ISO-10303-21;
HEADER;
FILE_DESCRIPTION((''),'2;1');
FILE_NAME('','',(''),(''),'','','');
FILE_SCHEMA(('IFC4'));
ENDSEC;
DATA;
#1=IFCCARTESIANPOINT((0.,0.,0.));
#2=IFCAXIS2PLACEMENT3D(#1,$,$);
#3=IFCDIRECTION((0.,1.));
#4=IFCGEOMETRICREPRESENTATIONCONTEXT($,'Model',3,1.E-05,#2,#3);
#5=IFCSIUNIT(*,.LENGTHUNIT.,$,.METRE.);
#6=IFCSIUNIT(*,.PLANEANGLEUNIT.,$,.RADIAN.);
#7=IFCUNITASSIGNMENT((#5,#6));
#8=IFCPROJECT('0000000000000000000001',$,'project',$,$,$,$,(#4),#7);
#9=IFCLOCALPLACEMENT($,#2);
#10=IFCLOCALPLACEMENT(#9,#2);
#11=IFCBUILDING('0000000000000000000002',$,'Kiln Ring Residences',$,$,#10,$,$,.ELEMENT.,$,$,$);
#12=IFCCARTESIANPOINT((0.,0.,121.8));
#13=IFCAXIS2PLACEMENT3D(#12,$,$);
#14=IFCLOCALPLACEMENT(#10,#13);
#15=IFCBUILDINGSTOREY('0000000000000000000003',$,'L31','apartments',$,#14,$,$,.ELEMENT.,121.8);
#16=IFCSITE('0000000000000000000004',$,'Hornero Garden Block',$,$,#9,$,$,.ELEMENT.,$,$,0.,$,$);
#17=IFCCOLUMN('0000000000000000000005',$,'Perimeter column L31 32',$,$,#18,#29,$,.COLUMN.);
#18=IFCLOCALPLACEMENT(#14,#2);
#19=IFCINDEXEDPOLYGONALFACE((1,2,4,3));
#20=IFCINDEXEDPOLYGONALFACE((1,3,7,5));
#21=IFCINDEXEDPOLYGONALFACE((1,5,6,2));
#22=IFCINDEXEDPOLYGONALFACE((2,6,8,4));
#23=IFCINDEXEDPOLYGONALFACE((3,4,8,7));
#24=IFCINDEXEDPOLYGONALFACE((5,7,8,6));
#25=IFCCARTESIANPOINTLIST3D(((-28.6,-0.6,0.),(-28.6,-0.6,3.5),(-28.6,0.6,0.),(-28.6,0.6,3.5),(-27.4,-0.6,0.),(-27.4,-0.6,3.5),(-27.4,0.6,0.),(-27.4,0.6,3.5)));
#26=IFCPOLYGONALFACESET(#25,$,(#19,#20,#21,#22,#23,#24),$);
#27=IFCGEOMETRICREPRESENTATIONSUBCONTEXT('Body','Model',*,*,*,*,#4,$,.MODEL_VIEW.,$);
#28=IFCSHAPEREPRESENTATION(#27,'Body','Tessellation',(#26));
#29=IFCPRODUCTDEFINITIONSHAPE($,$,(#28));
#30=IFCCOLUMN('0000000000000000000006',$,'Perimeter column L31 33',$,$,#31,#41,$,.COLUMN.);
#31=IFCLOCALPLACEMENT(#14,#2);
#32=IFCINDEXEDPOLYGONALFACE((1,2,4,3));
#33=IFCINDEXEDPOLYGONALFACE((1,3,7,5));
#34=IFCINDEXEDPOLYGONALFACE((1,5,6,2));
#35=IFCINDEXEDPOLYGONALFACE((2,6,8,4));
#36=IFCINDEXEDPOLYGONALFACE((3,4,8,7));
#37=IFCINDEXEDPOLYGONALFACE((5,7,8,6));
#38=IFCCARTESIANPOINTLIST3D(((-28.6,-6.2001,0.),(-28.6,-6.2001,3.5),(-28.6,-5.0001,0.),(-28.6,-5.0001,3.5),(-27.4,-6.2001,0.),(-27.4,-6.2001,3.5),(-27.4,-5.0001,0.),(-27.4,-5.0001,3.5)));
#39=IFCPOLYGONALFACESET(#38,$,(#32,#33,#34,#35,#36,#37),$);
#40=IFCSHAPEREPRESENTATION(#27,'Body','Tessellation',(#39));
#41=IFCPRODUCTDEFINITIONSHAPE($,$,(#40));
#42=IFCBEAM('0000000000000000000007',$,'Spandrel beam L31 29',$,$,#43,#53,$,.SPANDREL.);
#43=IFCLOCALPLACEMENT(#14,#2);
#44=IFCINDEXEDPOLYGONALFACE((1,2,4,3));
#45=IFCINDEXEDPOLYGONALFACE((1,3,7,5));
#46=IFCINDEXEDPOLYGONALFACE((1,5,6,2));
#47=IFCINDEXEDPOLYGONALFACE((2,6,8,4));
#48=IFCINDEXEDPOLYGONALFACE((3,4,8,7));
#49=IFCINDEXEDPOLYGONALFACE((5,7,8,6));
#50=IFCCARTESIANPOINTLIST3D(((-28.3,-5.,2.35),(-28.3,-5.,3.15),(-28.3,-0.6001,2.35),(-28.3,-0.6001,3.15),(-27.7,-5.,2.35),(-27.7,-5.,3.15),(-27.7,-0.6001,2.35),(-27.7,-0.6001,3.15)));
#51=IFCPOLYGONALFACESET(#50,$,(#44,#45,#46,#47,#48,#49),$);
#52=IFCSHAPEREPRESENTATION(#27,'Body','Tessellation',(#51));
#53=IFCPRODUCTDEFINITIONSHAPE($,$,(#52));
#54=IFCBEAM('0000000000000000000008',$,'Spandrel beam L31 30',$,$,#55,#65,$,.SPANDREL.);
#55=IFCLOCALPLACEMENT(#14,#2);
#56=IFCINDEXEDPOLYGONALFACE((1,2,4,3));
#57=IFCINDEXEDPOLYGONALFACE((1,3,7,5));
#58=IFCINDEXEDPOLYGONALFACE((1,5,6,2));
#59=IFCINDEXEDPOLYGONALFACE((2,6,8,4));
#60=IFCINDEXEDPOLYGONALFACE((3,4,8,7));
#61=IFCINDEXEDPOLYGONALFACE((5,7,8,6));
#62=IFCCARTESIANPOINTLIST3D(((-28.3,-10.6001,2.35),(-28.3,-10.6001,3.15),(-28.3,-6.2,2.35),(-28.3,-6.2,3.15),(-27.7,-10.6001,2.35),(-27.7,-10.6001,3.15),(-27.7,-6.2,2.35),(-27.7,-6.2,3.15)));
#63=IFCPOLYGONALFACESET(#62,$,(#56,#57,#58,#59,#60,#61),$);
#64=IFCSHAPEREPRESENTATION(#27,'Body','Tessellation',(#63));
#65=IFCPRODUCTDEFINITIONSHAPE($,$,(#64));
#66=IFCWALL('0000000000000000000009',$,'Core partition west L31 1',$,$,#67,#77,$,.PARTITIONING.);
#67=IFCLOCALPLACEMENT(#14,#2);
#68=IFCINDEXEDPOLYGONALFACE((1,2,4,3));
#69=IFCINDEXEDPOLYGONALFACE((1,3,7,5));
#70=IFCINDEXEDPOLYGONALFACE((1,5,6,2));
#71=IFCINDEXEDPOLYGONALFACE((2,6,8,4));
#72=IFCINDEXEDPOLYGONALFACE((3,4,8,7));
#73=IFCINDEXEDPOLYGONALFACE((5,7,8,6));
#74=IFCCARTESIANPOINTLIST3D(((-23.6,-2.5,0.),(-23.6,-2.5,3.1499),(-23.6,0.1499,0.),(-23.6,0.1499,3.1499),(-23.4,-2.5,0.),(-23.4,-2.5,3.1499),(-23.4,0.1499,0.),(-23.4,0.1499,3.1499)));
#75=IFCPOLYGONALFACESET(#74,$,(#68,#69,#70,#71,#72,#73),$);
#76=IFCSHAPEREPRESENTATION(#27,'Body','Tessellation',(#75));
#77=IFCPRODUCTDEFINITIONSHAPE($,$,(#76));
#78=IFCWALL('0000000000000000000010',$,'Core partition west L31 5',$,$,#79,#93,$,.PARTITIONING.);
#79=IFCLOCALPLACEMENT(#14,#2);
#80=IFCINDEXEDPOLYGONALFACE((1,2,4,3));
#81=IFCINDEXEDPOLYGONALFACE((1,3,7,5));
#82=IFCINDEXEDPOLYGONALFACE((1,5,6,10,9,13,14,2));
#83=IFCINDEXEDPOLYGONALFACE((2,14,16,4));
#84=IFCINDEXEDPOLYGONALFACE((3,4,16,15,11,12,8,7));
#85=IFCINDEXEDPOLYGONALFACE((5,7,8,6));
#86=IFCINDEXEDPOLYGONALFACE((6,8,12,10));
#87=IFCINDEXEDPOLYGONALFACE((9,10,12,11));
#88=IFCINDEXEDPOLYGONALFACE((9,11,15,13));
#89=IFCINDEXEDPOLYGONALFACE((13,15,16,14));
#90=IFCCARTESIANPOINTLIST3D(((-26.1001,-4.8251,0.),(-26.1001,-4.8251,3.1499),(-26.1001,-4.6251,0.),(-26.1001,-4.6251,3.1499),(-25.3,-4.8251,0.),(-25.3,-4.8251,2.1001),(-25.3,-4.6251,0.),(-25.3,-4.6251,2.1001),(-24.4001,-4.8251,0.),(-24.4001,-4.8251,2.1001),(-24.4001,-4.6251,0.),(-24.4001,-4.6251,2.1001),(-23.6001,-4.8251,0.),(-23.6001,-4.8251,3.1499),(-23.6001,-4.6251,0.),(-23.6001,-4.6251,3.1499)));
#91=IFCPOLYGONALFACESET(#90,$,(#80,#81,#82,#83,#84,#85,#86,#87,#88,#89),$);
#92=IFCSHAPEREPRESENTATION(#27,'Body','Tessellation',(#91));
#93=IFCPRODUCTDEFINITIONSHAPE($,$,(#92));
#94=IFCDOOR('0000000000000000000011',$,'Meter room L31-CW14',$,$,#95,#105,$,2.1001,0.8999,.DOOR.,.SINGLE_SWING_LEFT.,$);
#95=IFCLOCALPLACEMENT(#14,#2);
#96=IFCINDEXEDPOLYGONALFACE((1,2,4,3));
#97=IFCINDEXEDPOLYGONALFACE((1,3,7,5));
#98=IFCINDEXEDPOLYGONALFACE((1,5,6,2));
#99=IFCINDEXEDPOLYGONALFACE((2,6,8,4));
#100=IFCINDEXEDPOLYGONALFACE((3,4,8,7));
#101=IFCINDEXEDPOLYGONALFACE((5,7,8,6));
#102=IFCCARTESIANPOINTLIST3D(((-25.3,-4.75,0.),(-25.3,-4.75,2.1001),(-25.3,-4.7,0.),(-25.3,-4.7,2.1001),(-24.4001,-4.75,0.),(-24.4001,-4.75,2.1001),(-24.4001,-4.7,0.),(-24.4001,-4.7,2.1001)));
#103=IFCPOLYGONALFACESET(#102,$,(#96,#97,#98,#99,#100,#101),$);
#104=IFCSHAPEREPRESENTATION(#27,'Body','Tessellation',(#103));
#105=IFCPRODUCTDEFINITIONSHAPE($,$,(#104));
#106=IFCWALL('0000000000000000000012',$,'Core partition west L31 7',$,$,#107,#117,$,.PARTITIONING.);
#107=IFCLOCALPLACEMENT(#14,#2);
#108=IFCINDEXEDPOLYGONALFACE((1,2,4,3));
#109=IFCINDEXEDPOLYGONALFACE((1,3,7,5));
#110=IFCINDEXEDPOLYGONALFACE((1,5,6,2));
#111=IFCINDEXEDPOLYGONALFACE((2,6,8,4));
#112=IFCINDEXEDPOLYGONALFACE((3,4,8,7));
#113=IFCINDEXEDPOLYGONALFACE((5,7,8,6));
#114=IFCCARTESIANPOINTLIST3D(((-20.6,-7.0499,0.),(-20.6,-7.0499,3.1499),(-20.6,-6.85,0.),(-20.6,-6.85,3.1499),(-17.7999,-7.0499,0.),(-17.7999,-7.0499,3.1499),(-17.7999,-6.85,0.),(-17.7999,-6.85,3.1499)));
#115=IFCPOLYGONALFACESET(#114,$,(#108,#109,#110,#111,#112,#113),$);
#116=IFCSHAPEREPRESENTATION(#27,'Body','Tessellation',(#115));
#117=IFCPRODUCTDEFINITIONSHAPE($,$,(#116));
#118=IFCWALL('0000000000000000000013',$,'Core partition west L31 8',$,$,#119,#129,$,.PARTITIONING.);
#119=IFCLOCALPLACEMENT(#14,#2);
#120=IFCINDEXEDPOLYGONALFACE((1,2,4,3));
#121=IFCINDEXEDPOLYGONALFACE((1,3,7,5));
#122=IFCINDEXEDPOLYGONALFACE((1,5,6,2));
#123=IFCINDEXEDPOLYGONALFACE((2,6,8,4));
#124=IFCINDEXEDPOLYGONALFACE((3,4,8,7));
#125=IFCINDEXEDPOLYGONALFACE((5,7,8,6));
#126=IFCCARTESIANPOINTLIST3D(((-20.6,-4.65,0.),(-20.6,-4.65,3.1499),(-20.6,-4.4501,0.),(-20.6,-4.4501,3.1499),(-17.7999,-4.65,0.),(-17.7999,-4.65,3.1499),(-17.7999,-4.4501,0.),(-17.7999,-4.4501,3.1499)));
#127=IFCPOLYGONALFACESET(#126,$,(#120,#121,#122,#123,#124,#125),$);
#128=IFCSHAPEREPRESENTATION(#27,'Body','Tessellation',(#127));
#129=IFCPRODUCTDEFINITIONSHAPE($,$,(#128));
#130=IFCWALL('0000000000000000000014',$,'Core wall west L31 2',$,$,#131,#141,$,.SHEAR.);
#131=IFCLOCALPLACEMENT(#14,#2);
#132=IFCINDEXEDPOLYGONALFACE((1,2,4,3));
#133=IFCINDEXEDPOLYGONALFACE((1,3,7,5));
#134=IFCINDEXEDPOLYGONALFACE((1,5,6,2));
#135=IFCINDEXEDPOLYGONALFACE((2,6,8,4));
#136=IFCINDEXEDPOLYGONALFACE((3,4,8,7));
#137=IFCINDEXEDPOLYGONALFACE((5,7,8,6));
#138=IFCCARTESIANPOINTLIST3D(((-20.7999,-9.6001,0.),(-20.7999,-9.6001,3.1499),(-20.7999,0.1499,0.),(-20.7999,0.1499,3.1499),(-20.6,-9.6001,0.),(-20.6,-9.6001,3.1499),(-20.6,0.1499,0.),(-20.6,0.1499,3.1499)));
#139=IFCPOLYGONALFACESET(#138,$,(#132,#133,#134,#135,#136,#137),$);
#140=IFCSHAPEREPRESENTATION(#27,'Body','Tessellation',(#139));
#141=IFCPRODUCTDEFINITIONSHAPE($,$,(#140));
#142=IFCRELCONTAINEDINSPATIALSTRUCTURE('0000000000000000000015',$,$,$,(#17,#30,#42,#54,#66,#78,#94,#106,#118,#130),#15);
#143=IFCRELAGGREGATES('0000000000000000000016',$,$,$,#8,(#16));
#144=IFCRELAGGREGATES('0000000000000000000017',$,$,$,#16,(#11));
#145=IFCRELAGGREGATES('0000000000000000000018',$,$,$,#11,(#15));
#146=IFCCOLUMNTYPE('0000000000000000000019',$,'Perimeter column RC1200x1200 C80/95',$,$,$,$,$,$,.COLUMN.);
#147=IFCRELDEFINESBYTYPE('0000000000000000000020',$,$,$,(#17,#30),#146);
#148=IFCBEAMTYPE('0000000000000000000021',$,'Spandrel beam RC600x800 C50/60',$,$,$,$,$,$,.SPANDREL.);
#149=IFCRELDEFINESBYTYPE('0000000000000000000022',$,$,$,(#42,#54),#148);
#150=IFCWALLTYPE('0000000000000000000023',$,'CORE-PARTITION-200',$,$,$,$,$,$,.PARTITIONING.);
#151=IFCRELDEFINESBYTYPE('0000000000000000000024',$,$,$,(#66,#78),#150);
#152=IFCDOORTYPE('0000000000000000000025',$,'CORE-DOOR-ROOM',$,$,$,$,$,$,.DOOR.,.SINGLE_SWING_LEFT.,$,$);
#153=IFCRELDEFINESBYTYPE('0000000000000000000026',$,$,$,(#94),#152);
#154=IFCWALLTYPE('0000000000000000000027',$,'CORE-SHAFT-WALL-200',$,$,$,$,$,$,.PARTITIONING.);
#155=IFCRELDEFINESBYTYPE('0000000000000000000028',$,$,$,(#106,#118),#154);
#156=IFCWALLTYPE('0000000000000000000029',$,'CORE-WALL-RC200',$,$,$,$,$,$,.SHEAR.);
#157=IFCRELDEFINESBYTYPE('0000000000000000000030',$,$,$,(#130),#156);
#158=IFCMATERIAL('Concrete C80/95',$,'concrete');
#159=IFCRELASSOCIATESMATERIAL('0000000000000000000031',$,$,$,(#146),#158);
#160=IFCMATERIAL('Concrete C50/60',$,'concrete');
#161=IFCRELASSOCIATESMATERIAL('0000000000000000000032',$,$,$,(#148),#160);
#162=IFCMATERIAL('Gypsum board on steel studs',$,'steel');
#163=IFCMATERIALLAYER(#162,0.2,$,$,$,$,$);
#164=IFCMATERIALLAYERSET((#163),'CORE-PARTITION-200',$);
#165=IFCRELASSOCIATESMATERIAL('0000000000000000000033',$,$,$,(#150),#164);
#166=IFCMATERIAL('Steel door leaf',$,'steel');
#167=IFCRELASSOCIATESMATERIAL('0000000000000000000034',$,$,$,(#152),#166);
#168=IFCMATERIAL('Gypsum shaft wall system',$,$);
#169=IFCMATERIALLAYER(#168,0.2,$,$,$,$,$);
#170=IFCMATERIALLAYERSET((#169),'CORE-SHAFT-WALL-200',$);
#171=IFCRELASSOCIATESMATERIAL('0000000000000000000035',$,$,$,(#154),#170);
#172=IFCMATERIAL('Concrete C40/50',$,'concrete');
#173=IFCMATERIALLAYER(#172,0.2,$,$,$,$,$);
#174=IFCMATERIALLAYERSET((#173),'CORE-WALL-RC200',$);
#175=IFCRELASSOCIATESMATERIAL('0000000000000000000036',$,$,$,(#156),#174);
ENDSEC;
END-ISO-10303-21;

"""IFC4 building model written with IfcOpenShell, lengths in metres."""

from ifc_helpers import new_model, si_unit, direction, frame, frame_2d, origin, origin_2d, place, context, subcontext, project, spatial, rectangle, extrude, material, layer, layer_set, material_profile, profile_set, type_object, element, fill, save


model = new_model("IFC4")

# Units and contexts
model_context = context("Model", 3, precision=1e-05, world=origin(), true_north=direction((0.0, 1.0)))
body_context = subcontext(model_context, "Body", "Model", "MODEL_VIEW")
ifc_project = project(units=[si_unit("LENGTHUNIT", "METRE"), si_unit("PLANEANGLEUNIT", "RADIAN")], contexts=[model_context])

# Site, building, storey
site_placement = place(None, origin())
site = spatial("IfcSite", under=ifc_project, at=site_placement, Name="Hornero Garden Block", CompositionType="ELEMENT", RefElevation=0.0)
building_placement = place(site_placement, origin())
building = spatial("IfcBuilding", under=site, at=building_placement, Name="Kiln Ring Residences", CompositionType="ELEMENT")
storey_placement = place(building_placement, frame((0.0, 0.0, 121.8)))
storey = spatial("IfcBuildingStorey", under=building, at=storey_placement, Name="L31", Description="apartments", CompositionType="ELEMENT", Elevation=121.8)

# Columns
ifc_material_1 = material(Name="Concrete C80/95", Category="concrete")
ifc_material_profile_1 = material_profile(ifc_material_1, rectangle(XDim=1.2, YDim=1.2, at=origin_2d()), Name="RC1200x1200")
ifc_profile_set_1 = profile_set([ifc_material_profile_1], Name="Concrete C80/95")
column_type = type_object("IfcColumnType", Name="Perimeter column RC1200x1200 C80/95", PredefinedType="COLUMN", material=ifc_profile_set_1)
for number, where, z_axis, x_axis, name in (
    (1, (-28.0, 0.0, 0.0), (0.0, 0.0, 1.0), (1.0, 0.0, 0.0), "Perimeter column L31 32"),
    (2, (-28.0, -5.6001, 0.0), (0.0, 0.0, 1.0), (1.0, 0.0, 0.0), "Perimeter column L31 33"),
):
    element("IfcColumn", number, at=place(storey_placement, frame(where, z_axis=z_axis, x_axis=x_axis)), inside=storey, type_object=column_type, Name=name, PredefinedType="COLUMN", context=body_context, shape_type="SweptSolid", body=[
        extrude(rectangle(XDim=1.2, YDim=1.2, at=origin_2d()), origin(), (0.0, 0.0, 1.0), 3.5),
    ])

# Beams
ifc_material_2 = material(Name="Concrete C50/60", Category="concrete")
ifc_material_profile_2 = material_profile(ifc_material_2, rectangle(XDim=0.6001, YDim=0.8, at=origin_2d()), Name="RC600x800")
ifc_profile_set_2 = profile_set([ifc_material_profile_2], Name="Concrete C50/60")
beam_type = type_object("IfcBeamType", Name="Spandrel beam RC600x800 C50/60", PredefinedType="SPANDREL", material=ifc_profile_set_2)
beam_1_placement = place(storey_placement, frame((-28.0, -0.6001, 2.75), z_axis=(0.0, -1.0, 0.0), x_axis=(1.0, 0.0, 0.0)))
element("IfcBeam", 3, at=beam_1_placement, inside=storey, type_object=beam_type, Name="Spandrel beam L31 29", PredefinedType="SPANDREL", context=body_context, shape_type="SweptSolid", body=[
    extrude(rectangle(XDim=0.6001, YDim=0.8, at=origin_2d()), origin(), (0.0, 0.0, 1.0), 4.3999),
])
beam_2_placement = place(storey_placement, frame((-28.0, -6.2, 2.75), z_axis=(0.0, -1.0, 0.0), x_axis=(1.0, 0.0, 0.0)))
element("IfcBeam", 4, at=beam_2_placement, inside=storey, type_object=beam_type, Name="Spandrel beam L31 30", PredefinedType="SPANDREL", context=body_context, shape_type="SweptSolid", body=[
    extrude(rectangle(XDim=0.6001, YDim=0.8, at=origin_2d()), origin(), (0.0, 0.0, 1.0), 4.4001),
])

# Wall
ifc_material_3 = material(Name="Gypsum board on steel studs", Category="steel")
ifc_layer_1 = layer(ifc_material_3, 0.2)
ifc_layer_set_1 = layer_set([ifc_layer_1], Name="CORE-PARTITION-200")
wall_type_1 = type_object("IfcWallType", Name="CORE-PARTITION-200", PredefinedType="PARTITIONING", material=ifc_layer_set_1)
wall_1_placement = place(storey_placement, frame((-23.5, -2.5, 0.0), z_axis=(0.0, 0.0, 1.0), x_axis=(0.0, 1.0, 0.0)))
element("IfcWall", 5, at=wall_1_placement, inside=storey, type_object=wall_type_1, Name="Core partition west L31 1", PredefinedType="PARTITIONING", context=body_context, shape_type="SweptSolid", body=[
    extrude(rectangle(XDim=2.6499, YDim=0.2, at=frame_2d((1.325, 0.0))), origin(), (0.0, 0.0, 1.0), 3.1499),
])

# Wall, opening, door
wall_2_placement = place(storey_placement, frame((-23.6001, -4.7251, 0.0), z_axis=(0.0, 0.0, 1.0), x_axis=(-1.0, 0.0, 0.0)))
wall_2 = element("IfcWall", 6, at=wall_2_placement, inside=storey, type_object=wall_type_1, Name="Core partition west L31 5", PredefinedType="PARTITIONING", context=body_context, shape_type="SweptSolid", body=[
    extrude(rectangle(XDim=2.5, YDim=0.2, at=frame_2d((1.25, 0.0))), origin(), (0.0, 0.0, 1.0), 3.1499),
])
opening_1_placement = place(wall_2_placement, frame((0.8, 0.0, 0.0)))
opening_1 = element("IfcOpeningElement", 7, at=opening_1_placement, cuts=wall_2, PredefinedType="OPENING", context=body_context, shape_type="SweptSolid", body=[
    extrude(rectangle(XDim=0.8999, YDim=2.1001, at=frame_2d((0.45, 1.05))), frame((0.0, 0.1099, 0.0), z_axis=(0.0, -1.0, 0.0), x_axis=(1.0, 0.0, 0.0)), (0.0, 0.0, 1.0), 0.22),
])
ifc_material_4 = material(Name="Steel door leaf", Category="steel")
door_type_1 = type_object("IfcDoorType", Name="CORE-DOOR-ROOM", OperationType="SINGLE_SWING_LEFT", PredefinedType="DOOR", material=ifc_material_4)
door_1_placement = place(opening_1_placement, origin())
door_1 = element("IfcDoor", 8, at=door_1_placement, inside=storey, type_object=door_type_1, Name="Meter room L31-CW14", OperationType="SINGLE_SWING_LEFT", OverallHeight=2.1001, OverallWidth=0.8999, PredefinedType="DOOR", context=body_context, shape_type="SweptSolid", body=[
    extrude(rectangle(XDim=0.8999, YDim=2.1001, at=frame_2d((0.45, 1.05))), frame((0.0, 0.0249, 0.0), z_axis=(0.0, -1.0, 0.0), x_axis=(1.0, 0.0, 0.0)), (0.0, 0.0, 1.0), 0.05),
])
fill(opening_1, door_1)

# Walls
ifc_material_5 = material(Name="Gypsum shaft wall system")
ifc_layer_2 = layer(ifc_material_5, 0.2)
ifc_layer_set_2 = layer_set([ifc_layer_2], Name="CORE-SHAFT-WALL-200")
wall_type_2 = type_object("IfcWallType", Name="CORE-SHAFT-WALL-200", PredefinedType="PARTITIONING", material=ifc_layer_set_2)
for number, where, z_axis, x_axis, name in (
    (9, (-17.8, -6.95, 0.0), (0.0, 0.0, 1.0), (-1.0, 0.0, 0.0), "Core partition west L31 7"),
    (10, (-17.8, -4.55, 0.0), (0.0, 0.0, 1.0), (-1.0, 0.0, 0.0), "Core partition west L31 8"),
):
    element("IfcWall", number, at=place(storey_placement, frame(where, z_axis=z_axis, x_axis=x_axis)), inside=storey, type_object=wall_type_2, Name=name, PredefinedType="PARTITIONING", context=body_context, shape_type="SweptSolid", body=[
        extrude(rectangle(XDim=2.8, YDim=0.2, at=frame_2d((1.3999, 0.0))), origin(), (0.0, 0.0, 1.0), 3.1499),
    ])
ifc_material_6 = material(Name="Concrete C40/50", Category="concrete")
ifc_layer_3 = layer(ifc_material_6, 0.2)
ifc_layer_set_3 = layer_set([ifc_layer_3], Name="CORE-WALL-RC200")
wall_type_3 = type_object("IfcWallType", Name="CORE-WALL-RC200", PredefinedType="SHEAR", material=ifc_layer_set_3)
wall_3_placement = place(storey_placement, frame((-20.7, -9.6001, 0.0), z_axis=(0.0, 0.0, 1.0), x_axis=(0.0, 1.0, 0.0)))
element("IfcWall", 11, at=wall_3_placement, inside=storey, type_object=wall_type_3, Name="Core wall west L31 2", PredefinedType="SHEAR", context=body_context, shape_type="SweptSolid", body=[
    extrude(rectangle(XDim=9.75, YDim=0.2, at=frame_2d((4.875, 0.0))), origin(), (0.0, 0.0, 1.0), 3.1499),
])

save(model, "model.ifc")
